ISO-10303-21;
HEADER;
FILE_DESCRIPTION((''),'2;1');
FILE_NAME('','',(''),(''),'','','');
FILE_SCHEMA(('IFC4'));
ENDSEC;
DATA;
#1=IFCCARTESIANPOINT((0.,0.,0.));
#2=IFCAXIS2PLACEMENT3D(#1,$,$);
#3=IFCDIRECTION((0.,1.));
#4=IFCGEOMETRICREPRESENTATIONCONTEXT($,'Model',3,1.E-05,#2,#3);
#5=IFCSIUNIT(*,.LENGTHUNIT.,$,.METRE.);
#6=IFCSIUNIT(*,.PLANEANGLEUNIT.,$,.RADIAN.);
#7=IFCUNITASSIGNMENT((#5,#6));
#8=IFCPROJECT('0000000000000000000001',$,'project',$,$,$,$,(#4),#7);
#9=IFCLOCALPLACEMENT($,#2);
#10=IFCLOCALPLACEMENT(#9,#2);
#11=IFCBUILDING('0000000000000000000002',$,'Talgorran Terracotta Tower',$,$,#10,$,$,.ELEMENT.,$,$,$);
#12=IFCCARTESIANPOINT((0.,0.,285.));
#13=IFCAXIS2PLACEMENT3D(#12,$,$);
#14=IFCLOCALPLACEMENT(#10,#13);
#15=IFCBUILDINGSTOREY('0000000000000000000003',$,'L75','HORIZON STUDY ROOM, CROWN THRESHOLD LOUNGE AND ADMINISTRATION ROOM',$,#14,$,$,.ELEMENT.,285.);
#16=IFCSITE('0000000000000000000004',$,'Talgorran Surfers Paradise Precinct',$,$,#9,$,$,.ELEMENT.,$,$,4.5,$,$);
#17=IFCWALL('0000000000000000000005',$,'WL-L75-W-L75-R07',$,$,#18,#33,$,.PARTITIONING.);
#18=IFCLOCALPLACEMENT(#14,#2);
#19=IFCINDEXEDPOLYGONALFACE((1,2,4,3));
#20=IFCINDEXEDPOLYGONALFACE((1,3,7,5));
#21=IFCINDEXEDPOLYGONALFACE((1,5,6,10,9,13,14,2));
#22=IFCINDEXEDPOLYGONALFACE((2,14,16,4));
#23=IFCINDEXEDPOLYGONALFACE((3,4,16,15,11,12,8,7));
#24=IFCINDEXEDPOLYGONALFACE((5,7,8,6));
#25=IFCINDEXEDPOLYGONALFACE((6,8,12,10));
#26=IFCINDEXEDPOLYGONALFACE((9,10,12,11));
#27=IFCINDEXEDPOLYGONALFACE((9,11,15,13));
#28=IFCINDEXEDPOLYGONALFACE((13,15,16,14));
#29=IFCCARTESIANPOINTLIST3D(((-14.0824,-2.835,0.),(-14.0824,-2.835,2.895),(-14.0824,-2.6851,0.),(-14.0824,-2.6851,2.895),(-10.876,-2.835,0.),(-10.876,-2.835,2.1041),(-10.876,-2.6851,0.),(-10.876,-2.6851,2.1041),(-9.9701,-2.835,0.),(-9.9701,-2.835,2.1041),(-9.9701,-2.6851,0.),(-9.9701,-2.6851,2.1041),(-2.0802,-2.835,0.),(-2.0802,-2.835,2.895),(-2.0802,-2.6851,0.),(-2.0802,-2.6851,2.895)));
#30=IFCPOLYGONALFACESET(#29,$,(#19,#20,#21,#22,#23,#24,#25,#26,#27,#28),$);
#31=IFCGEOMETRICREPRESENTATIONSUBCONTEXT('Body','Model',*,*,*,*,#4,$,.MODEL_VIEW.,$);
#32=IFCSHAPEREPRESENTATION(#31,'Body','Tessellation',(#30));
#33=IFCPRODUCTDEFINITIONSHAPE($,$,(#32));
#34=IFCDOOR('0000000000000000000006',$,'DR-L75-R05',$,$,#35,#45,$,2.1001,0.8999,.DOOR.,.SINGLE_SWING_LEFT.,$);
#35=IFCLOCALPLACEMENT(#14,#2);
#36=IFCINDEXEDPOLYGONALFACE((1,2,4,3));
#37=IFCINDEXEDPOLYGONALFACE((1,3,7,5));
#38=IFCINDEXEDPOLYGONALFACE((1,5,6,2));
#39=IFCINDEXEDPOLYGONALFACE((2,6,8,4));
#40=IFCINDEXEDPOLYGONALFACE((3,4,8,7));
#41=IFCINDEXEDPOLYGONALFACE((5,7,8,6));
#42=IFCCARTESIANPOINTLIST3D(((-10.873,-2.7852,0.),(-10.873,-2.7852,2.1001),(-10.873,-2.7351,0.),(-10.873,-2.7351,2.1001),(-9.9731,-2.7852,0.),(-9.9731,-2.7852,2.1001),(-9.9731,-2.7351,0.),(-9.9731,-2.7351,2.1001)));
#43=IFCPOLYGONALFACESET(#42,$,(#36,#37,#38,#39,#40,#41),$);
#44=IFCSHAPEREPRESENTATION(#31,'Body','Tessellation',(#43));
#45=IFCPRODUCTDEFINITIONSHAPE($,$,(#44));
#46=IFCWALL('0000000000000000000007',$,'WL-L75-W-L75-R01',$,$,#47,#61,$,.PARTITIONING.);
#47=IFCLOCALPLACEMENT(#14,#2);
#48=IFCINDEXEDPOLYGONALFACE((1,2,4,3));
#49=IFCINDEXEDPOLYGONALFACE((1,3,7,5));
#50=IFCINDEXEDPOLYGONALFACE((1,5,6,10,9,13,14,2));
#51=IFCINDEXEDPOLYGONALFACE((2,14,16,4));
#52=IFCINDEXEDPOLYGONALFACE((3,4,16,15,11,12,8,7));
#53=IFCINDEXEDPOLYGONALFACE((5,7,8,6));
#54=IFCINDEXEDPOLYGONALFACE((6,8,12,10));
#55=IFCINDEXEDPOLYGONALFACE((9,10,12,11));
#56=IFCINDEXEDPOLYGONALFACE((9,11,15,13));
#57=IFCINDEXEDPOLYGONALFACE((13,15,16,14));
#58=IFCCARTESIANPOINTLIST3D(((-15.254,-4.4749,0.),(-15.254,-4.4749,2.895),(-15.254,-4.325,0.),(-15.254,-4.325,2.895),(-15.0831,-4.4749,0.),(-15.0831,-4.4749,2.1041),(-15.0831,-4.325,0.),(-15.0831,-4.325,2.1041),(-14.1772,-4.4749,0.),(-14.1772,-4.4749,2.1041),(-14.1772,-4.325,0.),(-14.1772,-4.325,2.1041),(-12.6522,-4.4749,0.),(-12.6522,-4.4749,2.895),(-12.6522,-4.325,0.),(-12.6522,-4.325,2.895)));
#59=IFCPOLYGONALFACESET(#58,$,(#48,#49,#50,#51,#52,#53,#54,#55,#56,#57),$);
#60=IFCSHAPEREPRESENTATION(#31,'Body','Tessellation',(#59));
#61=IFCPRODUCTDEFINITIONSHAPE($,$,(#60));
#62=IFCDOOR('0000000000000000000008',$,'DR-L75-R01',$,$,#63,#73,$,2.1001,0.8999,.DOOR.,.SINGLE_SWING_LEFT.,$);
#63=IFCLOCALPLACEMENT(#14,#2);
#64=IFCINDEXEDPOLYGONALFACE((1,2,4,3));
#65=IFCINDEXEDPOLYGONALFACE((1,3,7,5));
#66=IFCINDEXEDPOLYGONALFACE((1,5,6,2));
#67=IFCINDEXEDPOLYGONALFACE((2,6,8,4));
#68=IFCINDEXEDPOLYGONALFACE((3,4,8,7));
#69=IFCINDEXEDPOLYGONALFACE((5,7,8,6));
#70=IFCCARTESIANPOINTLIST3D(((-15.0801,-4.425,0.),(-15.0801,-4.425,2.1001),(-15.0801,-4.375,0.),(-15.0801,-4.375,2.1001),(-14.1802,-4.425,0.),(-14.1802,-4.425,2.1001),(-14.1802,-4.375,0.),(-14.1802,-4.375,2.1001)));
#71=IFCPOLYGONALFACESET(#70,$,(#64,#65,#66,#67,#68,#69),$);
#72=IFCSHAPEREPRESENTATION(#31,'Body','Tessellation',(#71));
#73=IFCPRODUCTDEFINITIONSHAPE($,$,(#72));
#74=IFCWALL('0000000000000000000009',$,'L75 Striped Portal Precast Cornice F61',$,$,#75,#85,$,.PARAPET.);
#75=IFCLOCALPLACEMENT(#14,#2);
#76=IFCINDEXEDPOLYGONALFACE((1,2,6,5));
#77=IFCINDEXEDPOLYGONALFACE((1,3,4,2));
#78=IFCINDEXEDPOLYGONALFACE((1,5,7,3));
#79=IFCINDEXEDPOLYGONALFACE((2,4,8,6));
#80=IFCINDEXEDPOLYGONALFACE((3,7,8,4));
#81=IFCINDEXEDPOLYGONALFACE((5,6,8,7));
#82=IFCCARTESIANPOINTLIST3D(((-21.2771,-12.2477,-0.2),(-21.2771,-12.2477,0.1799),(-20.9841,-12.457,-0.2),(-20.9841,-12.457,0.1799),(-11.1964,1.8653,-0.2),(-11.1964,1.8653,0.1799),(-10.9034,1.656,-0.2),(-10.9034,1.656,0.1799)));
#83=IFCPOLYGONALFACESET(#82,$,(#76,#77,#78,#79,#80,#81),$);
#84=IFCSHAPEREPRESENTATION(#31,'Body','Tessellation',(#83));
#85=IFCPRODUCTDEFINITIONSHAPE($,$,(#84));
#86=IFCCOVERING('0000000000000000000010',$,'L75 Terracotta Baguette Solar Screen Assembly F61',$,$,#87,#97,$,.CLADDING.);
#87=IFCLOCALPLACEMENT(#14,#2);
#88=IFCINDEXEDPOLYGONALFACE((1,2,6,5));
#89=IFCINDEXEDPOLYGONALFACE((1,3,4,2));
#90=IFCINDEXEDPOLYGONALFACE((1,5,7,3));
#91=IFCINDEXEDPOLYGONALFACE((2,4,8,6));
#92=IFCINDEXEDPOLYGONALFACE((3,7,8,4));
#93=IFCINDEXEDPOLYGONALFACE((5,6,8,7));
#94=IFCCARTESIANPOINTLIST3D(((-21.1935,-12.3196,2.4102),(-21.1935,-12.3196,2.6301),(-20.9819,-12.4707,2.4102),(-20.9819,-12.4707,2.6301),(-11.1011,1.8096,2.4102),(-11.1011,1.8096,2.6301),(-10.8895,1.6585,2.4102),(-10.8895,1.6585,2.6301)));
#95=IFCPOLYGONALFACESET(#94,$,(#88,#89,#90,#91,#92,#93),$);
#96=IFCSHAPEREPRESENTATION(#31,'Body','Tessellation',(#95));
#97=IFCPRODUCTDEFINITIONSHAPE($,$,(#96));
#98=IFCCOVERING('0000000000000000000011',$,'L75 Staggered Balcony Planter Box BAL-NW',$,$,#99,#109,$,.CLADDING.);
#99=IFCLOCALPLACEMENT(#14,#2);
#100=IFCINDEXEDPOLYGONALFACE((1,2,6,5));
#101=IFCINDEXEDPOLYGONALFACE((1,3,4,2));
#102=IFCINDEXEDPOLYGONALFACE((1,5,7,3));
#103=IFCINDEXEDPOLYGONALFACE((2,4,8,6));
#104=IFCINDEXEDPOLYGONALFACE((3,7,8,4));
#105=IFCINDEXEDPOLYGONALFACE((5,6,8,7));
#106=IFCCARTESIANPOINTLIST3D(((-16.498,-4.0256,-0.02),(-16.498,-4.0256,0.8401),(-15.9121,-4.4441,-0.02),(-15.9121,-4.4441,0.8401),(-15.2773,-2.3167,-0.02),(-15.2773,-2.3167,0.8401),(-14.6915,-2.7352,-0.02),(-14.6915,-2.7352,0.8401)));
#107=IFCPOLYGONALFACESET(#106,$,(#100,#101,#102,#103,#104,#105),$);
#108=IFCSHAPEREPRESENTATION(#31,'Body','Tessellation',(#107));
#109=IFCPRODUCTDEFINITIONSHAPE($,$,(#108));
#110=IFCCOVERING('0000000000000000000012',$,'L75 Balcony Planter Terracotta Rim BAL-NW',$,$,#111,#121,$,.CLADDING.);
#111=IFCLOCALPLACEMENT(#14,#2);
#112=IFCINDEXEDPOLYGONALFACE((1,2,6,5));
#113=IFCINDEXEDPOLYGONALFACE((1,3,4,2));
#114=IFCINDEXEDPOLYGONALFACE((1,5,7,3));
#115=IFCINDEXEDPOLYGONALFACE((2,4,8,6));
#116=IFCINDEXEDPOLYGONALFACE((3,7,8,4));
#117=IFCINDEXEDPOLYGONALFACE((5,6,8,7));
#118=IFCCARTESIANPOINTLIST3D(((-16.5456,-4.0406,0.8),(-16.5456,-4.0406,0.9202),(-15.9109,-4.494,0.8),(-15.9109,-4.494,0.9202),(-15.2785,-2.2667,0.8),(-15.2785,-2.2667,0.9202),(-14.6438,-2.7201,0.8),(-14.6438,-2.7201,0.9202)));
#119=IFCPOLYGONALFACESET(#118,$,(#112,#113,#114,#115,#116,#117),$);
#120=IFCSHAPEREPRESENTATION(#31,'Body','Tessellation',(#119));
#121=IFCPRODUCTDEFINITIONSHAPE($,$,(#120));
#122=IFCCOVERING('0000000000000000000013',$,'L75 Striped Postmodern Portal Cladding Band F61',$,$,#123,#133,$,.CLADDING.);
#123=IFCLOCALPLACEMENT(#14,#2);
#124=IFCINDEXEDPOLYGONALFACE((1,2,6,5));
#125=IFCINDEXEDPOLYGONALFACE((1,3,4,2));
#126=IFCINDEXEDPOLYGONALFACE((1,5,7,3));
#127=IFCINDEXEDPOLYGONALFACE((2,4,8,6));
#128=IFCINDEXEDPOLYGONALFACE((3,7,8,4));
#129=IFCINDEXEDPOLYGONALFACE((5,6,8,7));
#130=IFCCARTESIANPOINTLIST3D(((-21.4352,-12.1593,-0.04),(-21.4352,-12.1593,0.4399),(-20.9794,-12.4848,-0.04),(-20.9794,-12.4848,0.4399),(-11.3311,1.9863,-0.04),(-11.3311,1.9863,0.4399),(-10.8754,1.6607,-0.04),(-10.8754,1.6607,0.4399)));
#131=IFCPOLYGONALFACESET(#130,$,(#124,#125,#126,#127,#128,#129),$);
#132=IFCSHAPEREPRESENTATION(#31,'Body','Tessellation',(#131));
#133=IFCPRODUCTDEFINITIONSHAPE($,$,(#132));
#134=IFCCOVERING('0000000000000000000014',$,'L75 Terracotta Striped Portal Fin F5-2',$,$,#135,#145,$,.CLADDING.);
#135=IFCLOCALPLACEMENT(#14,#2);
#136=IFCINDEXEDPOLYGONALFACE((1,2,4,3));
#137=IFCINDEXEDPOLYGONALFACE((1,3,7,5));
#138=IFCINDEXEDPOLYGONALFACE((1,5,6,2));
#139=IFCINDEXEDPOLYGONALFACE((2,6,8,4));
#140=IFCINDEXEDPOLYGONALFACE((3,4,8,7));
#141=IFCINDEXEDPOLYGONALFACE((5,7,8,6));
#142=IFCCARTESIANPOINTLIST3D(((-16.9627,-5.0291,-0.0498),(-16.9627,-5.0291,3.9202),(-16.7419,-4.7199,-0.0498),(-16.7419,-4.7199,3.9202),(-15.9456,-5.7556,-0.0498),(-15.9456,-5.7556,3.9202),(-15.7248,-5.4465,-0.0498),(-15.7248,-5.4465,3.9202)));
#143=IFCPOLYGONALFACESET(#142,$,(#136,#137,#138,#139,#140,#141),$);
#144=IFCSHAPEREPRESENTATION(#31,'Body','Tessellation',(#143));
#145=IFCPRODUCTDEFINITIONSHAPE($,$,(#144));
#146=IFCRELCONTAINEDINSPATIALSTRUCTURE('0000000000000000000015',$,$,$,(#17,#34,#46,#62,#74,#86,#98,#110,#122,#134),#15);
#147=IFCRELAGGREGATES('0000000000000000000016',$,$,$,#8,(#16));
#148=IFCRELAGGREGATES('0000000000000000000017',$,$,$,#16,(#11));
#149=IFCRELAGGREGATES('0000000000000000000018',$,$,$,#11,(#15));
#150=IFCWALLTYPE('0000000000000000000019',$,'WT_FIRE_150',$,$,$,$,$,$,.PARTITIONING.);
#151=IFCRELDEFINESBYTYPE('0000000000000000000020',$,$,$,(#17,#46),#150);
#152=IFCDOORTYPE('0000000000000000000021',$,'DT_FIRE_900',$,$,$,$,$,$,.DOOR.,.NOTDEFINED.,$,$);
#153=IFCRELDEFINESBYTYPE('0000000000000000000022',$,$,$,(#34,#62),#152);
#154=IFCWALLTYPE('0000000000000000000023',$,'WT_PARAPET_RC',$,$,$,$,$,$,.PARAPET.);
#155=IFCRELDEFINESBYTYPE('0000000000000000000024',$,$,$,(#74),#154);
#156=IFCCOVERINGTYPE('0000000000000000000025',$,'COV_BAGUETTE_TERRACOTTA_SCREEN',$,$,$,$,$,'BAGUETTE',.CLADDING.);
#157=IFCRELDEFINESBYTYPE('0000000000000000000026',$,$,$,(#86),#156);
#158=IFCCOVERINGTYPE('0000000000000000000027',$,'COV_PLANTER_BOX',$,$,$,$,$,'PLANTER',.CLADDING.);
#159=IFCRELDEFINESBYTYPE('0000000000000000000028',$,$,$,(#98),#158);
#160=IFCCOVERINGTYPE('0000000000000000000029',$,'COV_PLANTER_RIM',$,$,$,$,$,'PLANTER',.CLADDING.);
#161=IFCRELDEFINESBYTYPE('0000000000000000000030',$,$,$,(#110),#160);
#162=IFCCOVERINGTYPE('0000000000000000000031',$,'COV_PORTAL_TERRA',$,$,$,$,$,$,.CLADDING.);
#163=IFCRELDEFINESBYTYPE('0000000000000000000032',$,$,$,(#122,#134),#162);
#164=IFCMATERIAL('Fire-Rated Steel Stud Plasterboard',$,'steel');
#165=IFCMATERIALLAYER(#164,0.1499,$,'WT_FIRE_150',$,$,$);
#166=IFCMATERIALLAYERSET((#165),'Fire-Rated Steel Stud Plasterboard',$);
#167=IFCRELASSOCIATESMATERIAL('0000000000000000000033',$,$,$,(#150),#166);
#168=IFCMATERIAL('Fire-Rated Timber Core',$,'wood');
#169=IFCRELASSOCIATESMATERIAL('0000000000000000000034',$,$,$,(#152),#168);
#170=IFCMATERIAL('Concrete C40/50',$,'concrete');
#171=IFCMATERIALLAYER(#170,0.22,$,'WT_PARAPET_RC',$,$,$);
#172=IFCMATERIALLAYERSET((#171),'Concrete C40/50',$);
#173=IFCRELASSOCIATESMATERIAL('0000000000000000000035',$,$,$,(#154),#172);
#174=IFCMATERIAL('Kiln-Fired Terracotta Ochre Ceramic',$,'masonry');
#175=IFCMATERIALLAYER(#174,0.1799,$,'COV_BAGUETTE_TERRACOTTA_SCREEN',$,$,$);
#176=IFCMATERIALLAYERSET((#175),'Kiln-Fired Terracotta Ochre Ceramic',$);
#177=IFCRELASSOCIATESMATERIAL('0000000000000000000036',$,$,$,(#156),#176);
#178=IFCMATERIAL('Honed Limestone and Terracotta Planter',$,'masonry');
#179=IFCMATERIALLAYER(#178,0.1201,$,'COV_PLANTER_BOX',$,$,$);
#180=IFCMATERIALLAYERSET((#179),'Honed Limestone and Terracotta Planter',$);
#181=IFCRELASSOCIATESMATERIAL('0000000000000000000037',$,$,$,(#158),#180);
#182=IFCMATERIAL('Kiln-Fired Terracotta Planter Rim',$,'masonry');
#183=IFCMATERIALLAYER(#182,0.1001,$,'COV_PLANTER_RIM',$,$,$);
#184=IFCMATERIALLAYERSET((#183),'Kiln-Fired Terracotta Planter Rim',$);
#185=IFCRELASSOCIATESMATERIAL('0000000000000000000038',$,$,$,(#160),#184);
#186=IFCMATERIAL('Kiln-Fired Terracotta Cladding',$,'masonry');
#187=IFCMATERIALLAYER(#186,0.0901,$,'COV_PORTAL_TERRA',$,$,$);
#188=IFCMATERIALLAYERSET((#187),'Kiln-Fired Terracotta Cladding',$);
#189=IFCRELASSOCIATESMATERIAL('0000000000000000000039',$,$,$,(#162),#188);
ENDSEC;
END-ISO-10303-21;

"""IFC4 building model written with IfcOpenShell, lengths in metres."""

from ifc_helpers import new_model, si_unit, direction, frame, frame_2d, origin, origin_2d, place, context, subcontext, project, spatial, rectangle, extrude, material, layer, layer_set, type_object, element, fill, save


model = new_model("IFC4")

# Units and contexts
model_context = context("Model", 3, precision=1e-05, world=origin(), true_north=direction((0.0, 1.0)))
body_context = subcontext(model_context, "Body", "Model", "MODEL_VIEW")
ifc_project = project(units=[si_unit("LENGTHUNIT", "METRE"), si_unit("PLANEANGLEUNIT", "RADIAN")], contexts=[model_context])

# Site, building, storey
site_placement = place(None, origin())
site = spatial("IfcSite", under=ifc_project, at=site_placement, Name="Talgorran Surfers Paradise Precinct", CompositionType="ELEMENT", RefElevation=4.5)
building_placement = place(site_placement, origin())
building = spatial("IfcBuilding", under=site, at=building_placement, Name="Talgorran Terracotta Tower", CompositionType="ELEMENT")
storey_placement = place(building_placement, frame((0.0, 0.0, 285.0)))
storey = spatial("IfcBuildingStorey", under=building, at=storey_placement, Name="L75", Description="HORIZON STUDY ROOM, CROWN THRESHOLD LOUNGE AND ADMINISTRATION ROOM", CompositionType="ELEMENT", Elevation=285.0)

# Walls, openings, doors
ifc_material_1 = material(Name="Fire-Rated Steel Stud Plasterboard", Category="steel")
ifc_layer_1 = layer(ifc_material_1, 0.1499, Name="WT_FIRE_150")
ifc_layer_set_1 = layer_set([ifc_layer_1], Name="Fire-Rated Steel Stud Plasterboard")
wall_type_1 = type_object("IfcWallType", Name="WT_FIRE_150", PredefinedType="PARTITIONING", material=ifc_layer_set_1)
wall_1_placement = place(storey_placement, frame((-14.0823, -2.76, 0.0), z_axis=(0.0, 0.0, 1.0), x_axis=(1.0, 0.0, 0.0)))
wall_1 = element("IfcWall", 1, at=wall_1_placement, inside=storey, type_object=wall_type_1, Name="WL-L75-W-L75-R07", PredefinedType="PARTITIONING", context=body_context, shape_type="SweptSolid", body=[
    extrude(rectangle(XDim=12.0022, YDim=0.1499, at=frame_2d((6.001, 0.0))), origin(), (0.0, 0.0, 1.0), 2.895),
])
opening_1_placement = place(wall_1_placement, frame((3.2092, 0.0, 0.0)))
opening_1 = element("IfcOpeningElement", 2, at=opening_1_placement, cuts=wall_1, PredefinedType="OPENING", context=body_context, shape_type="SweptSolid", body=[
    extrude(rectangle(XDim=0.9059, YDim=2.1041, at=frame_2d((0.45, 1.052))), frame((0.0, 0.085, 0.0), z_axis=(0.0, -1.0, 0.0), x_axis=(1.0, 0.0, 0.0)), (0.0, 0.0, 1.0), 0.1699),
])
ifc_material_2 = material(Name="Fire-Rated Timber Core", Category="wood")
door_type_1 = type_object("IfcDoorType", Name="DT_FIRE_900", OperationType="NOTDEFINED", PredefinedType="DOOR", material=ifc_material_2)
door_1_placement = place(opening_1_placement, origin())
door_1 = element("IfcDoor", 3, at=door_1_placement, inside=storey, type_object=door_type_1, Name="DR-L75-R05", OperationType="SINGLE_SWING_LEFT", OverallHeight=2.1001, OverallWidth=0.8999, PredefinedType="DOOR", context=body_context, shape_type="SweptSolid", body=[
    extrude(rectangle(XDim=0.8999, YDim=2.1001, at=frame_2d((0.45, 1.05))), frame((0.0, 0.0249, 0.0), z_axis=(0.0, -1.0, 0.0), x_axis=(1.0, 0.0, 0.0)), (0.0, 0.0, 1.0), 0.05),
])
fill(opening_1, door_1)
wall_2_placement = place(storey_placement, frame((-15.2539, -4.3999, 0.0), z_axis=(0.0, 0.0, 1.0), x_axis=(1.0, 0.0, 0.0)))
wall_2 = element("IfcWall", 4, at=wall_2_placement, inside=storey, type_object=wall_type_1, Name="WL-L75-W-L75-R01", PredefinedType="PARTITIONING", context=body_context, shape_type="SweptSolid", body=[
    extrude(rectangle(XDim=2.6018, YDim=0.1499, at=frame_2d((1.3008, 0.0))), origin(), (0.0, 0.0, 1.0), 2.895),
])
opening_2_placement = place(wall_2_placement, frame((0.1738, 0.0, 0.0)))
opening_2 = element("IfcOpeningElement", 5, at=opening_2_placement, cuts=wall_2, PredefinedType="OPENING", context=body_context, shape_type="SweptSolid", body=[
    extrude(rectangle(XDim=0.9059, YDim=2.1041, at=frame_2d((0.45, 1.052))), frame((0.0, 0.085, 0.0), z_axis=(0.0, -1.0, 0.0), x_axis=(1.0, 0.0, 0.0)), (0.0, 0.0, 1.0), 0.1699),
])
door_2_placement = place(opening_2_placement, origin())
door_2 = element("IfcDoor", 6, at=door_2_placement, inside=storey, type_object=door_type_1, Name="DR-L75-R01", OperationType="SINGLE_SWING_LEFT", OverallHeight=2.1001, OverallWidth=0.8999, PredefinedType="DOOR", context=body_context, shape_type="SweptSolid", body=[
    extrude(rectangle(XDim=0.8999, YDim=2.1001, at=frame_2d((0.45, 1.05))), frame((0.0, 0.0249, 0.0), z_axis=(0.0, -1.0, 0.0), x_axis=(1.0, 0.0, 0.0)), (0.0, 0.0, 1.0), 0.05),
])
fill(opening_2, door_2)

# Wall
ifc_material_3 = material(Name="Concrete C40/50", Category="concrete")
ifc_layer_2 = layer(ifc_material_3, 0.22, Name="WT_PARAPET_RC")
ifc_layer_set_2 = layer_set([ifc_layer_2], Name="Concrete C40/50")
wall_type_2 = type_object("IfcWallType", Name="WT_PARAPET_RC", PredefinedType="PARAPET", material=ifc_layer_set_2)
wall_3_placement = place(storey_placement, frame((-11.0498, 1.7607, -0.2), z_axis=(0.0, 0.0, 1.0), x_axis=(-0.581241, -0.813732, 0.0)))
element("IfcWall", 7, at=wall_3_placement, inside=storey, type_object=wall_type_2, Name="L75 Striped Portal Precast Cornice F61", PredefinedType="PARAPET", context=body_context, shape_type="SweptSolid", body=[
    extrude(rectangle(XDim=17.3435, YDim=0.3601, at=frame_2d((8.6719, 0.0))), origin(), (0.0, 0.0, 1.0), 0.3799),
])

# Coverings
ifc_material_4 = material(Name="Kiln-Fired Terracotta Ochre Ceramic", Category="masonry")
ifc_layer_3 = layer(ifc_material_4, 0.1799, Name="COV_BAGUETTE_TERRACOTTA_SCREEN")
ifc_layer_set_3 = layer_set([ifc_layer_3], Name="Kiln-Fired Terracotta Ochre Ceramic")
covering_type_1 = type_object("IfcCoveringType", Name="COV_BAGUETTE_TERRACOTTA_SCREEN", ElementType="BAGUETTE", PredefinedType="CLADDING", material=ifc_layer_set_3)
covering_1_placement = place(storey_placement, frame((-16.0415, -5.3306, 2.4102), z_axis=(0.0, 0.0, 1.0), x_axis=(-0.581243, -0.81373, 0.0)))
element("IfcCovering", 8, at=covering_1_placement, inside=storey, type_object=covering_type_1, Name="L75 Terracotta Baguette Solar Screen Assembly F61", PredefinedType="CLADDING", context=body_context, shape_type="SweptSolid", body=[
    extrude(rectangle(XDim=17.3635, YDim=0.26, at=origin_2d()), origin(), (0.0, 0.0, 1.0), 0.22),
])
ifc_material_5 = material(Name="Honed Limestone and Terracotta Planter", Category="masonry")
ifc_layer_4 = layer(ifc_material_5, 0.1201, Name="COV_PLANTER_BOX")
ifc_layer_set_4 = layer_set([ifc_layer_4], Name="Honed Limestone and Terracotta Planter")
covering_type_2 = type_object("IfcCoveringType", Name="COV_PLANTER_BOX", ElementType="PLANTER", PredefinedType="CLADDING", material=ifc_layer_set_4)
covering_2_placement = place(storey_placement, frame((-15.5947, -3.3804, -0.02), z_axis=(0.0, 0.0, 1.0), x_axis=(-0.581257, -0.81372, 0.0)))
element("IfcCovering", 9, at=covering_2_placement, inside=storey, type_object=covering_type_2, Name="L75 Staggered Balcony Planter Box BAL-NW", PredefinedType="CLADDING", context=body_context, shape_type="SweptSolid", body=[
    extrude(rectangle(XDim=2.1001, YDim=0.72, at=origin_2d()), origin(), (0.0, 0.0, 1.0), 0.8601),
])
ifc_material_6 = material(Name="Kiln-Fired Terracotta Planter Rim", Category="masonry")
ifc_layer_5 = layer(ifc_material_6, 0.1001, Name="COV_PLANTER_RIM")
ifc_layer_set_5 = layer_set([ifc_layer_5], Name="Kiln-Fired Terracotta Planter Rim")
covering_type_3 = type_object("IfcCoveringType", Name="COV_PLANTER_RIM", ElementType="PLANTER", PredefinedType="CLADDING", material=ifc_layer_set_5)
covering_3_placement = place(storey_placement, frame((-15.5947, -3.3804, 0.8), z_axis=(0.0, 0.0, 1.0), x_axis=(-0.581257, -0.81372, 0.0)))
element("IfcCovering", 10, at=covering_3_placement, inside=storey, type_object=covering_type_3, Name="L75 Balcony Planter Terracotta Rim BAL-NW", PredefinedType="CLADDING", context=body_context, shape_type="SweptSolid", body=[
    extrude(rectangle(XDim=2.1799, YDim=0.78, at=origin_2d()), origin(), (0.0, 0.0, 1.0), 0.1201),
])
ifc_material_7 = material(Name="Kiln-Fired Terracotta Cladding", Category="masonry")
ifc_layer_6 = layer(ifc_material_7, 0.0901, Name="COV_PORTAL_TERRA")
ifc_layer_set_6 = layer_set([ifc_layer_6], Name="Kiln-Fired Terracotta Cladding")
covering_type_4 = type_object("IfcCoveringType", Name="COV_PORTAL_TERRA", PredefinedType="CLADDING", material=ifc_layer_set_6)
covering_4_placement = place(storey_placement, frame((-16.1553, -5.2493, -0.04), z_axis=(0.0, 0.0, 1.0), x_axis=(-0.581243, -0.81373, 0.0)))
element("IfcCovering", 11, at=covering_4_placement, inside=storey, type_object=covering_type_4, Name="L75 Striped Postmodern Portal Cladding Band F61", PredefinedType="CLADDING", context=body_context, shape_type="SweptSolid", body=[
    extrude(rectangle(XDim=17.3835, YDim=0.5601, at=origin_2d()), origin(), (0.0, 0.0, 1.0), 0.48),
])
covering_5_placement = place(storey_placement, frame((-16.3438, -5.2378, -0.0498), z_axis=(0.0, 0.0, 1.0), x_axis=(-0.581257, -0.81372, 0.0)))
element("IfcCovering", 12, at=covering_5_placement, inside=storey, type_object=covering_type_4, Name="L75 Terracotta Striped Portal Fin F5-2", PredefinedType="CLADDING", context=body_context, shape_type="SweptSolid", body=[
    extrude(rectangle(XDim=0.3799, YDim=1.25, at=origin_2d()), origin(), (0.0, 0.0, 1.0), 3.97),
])

save(model, "model.ifc")
